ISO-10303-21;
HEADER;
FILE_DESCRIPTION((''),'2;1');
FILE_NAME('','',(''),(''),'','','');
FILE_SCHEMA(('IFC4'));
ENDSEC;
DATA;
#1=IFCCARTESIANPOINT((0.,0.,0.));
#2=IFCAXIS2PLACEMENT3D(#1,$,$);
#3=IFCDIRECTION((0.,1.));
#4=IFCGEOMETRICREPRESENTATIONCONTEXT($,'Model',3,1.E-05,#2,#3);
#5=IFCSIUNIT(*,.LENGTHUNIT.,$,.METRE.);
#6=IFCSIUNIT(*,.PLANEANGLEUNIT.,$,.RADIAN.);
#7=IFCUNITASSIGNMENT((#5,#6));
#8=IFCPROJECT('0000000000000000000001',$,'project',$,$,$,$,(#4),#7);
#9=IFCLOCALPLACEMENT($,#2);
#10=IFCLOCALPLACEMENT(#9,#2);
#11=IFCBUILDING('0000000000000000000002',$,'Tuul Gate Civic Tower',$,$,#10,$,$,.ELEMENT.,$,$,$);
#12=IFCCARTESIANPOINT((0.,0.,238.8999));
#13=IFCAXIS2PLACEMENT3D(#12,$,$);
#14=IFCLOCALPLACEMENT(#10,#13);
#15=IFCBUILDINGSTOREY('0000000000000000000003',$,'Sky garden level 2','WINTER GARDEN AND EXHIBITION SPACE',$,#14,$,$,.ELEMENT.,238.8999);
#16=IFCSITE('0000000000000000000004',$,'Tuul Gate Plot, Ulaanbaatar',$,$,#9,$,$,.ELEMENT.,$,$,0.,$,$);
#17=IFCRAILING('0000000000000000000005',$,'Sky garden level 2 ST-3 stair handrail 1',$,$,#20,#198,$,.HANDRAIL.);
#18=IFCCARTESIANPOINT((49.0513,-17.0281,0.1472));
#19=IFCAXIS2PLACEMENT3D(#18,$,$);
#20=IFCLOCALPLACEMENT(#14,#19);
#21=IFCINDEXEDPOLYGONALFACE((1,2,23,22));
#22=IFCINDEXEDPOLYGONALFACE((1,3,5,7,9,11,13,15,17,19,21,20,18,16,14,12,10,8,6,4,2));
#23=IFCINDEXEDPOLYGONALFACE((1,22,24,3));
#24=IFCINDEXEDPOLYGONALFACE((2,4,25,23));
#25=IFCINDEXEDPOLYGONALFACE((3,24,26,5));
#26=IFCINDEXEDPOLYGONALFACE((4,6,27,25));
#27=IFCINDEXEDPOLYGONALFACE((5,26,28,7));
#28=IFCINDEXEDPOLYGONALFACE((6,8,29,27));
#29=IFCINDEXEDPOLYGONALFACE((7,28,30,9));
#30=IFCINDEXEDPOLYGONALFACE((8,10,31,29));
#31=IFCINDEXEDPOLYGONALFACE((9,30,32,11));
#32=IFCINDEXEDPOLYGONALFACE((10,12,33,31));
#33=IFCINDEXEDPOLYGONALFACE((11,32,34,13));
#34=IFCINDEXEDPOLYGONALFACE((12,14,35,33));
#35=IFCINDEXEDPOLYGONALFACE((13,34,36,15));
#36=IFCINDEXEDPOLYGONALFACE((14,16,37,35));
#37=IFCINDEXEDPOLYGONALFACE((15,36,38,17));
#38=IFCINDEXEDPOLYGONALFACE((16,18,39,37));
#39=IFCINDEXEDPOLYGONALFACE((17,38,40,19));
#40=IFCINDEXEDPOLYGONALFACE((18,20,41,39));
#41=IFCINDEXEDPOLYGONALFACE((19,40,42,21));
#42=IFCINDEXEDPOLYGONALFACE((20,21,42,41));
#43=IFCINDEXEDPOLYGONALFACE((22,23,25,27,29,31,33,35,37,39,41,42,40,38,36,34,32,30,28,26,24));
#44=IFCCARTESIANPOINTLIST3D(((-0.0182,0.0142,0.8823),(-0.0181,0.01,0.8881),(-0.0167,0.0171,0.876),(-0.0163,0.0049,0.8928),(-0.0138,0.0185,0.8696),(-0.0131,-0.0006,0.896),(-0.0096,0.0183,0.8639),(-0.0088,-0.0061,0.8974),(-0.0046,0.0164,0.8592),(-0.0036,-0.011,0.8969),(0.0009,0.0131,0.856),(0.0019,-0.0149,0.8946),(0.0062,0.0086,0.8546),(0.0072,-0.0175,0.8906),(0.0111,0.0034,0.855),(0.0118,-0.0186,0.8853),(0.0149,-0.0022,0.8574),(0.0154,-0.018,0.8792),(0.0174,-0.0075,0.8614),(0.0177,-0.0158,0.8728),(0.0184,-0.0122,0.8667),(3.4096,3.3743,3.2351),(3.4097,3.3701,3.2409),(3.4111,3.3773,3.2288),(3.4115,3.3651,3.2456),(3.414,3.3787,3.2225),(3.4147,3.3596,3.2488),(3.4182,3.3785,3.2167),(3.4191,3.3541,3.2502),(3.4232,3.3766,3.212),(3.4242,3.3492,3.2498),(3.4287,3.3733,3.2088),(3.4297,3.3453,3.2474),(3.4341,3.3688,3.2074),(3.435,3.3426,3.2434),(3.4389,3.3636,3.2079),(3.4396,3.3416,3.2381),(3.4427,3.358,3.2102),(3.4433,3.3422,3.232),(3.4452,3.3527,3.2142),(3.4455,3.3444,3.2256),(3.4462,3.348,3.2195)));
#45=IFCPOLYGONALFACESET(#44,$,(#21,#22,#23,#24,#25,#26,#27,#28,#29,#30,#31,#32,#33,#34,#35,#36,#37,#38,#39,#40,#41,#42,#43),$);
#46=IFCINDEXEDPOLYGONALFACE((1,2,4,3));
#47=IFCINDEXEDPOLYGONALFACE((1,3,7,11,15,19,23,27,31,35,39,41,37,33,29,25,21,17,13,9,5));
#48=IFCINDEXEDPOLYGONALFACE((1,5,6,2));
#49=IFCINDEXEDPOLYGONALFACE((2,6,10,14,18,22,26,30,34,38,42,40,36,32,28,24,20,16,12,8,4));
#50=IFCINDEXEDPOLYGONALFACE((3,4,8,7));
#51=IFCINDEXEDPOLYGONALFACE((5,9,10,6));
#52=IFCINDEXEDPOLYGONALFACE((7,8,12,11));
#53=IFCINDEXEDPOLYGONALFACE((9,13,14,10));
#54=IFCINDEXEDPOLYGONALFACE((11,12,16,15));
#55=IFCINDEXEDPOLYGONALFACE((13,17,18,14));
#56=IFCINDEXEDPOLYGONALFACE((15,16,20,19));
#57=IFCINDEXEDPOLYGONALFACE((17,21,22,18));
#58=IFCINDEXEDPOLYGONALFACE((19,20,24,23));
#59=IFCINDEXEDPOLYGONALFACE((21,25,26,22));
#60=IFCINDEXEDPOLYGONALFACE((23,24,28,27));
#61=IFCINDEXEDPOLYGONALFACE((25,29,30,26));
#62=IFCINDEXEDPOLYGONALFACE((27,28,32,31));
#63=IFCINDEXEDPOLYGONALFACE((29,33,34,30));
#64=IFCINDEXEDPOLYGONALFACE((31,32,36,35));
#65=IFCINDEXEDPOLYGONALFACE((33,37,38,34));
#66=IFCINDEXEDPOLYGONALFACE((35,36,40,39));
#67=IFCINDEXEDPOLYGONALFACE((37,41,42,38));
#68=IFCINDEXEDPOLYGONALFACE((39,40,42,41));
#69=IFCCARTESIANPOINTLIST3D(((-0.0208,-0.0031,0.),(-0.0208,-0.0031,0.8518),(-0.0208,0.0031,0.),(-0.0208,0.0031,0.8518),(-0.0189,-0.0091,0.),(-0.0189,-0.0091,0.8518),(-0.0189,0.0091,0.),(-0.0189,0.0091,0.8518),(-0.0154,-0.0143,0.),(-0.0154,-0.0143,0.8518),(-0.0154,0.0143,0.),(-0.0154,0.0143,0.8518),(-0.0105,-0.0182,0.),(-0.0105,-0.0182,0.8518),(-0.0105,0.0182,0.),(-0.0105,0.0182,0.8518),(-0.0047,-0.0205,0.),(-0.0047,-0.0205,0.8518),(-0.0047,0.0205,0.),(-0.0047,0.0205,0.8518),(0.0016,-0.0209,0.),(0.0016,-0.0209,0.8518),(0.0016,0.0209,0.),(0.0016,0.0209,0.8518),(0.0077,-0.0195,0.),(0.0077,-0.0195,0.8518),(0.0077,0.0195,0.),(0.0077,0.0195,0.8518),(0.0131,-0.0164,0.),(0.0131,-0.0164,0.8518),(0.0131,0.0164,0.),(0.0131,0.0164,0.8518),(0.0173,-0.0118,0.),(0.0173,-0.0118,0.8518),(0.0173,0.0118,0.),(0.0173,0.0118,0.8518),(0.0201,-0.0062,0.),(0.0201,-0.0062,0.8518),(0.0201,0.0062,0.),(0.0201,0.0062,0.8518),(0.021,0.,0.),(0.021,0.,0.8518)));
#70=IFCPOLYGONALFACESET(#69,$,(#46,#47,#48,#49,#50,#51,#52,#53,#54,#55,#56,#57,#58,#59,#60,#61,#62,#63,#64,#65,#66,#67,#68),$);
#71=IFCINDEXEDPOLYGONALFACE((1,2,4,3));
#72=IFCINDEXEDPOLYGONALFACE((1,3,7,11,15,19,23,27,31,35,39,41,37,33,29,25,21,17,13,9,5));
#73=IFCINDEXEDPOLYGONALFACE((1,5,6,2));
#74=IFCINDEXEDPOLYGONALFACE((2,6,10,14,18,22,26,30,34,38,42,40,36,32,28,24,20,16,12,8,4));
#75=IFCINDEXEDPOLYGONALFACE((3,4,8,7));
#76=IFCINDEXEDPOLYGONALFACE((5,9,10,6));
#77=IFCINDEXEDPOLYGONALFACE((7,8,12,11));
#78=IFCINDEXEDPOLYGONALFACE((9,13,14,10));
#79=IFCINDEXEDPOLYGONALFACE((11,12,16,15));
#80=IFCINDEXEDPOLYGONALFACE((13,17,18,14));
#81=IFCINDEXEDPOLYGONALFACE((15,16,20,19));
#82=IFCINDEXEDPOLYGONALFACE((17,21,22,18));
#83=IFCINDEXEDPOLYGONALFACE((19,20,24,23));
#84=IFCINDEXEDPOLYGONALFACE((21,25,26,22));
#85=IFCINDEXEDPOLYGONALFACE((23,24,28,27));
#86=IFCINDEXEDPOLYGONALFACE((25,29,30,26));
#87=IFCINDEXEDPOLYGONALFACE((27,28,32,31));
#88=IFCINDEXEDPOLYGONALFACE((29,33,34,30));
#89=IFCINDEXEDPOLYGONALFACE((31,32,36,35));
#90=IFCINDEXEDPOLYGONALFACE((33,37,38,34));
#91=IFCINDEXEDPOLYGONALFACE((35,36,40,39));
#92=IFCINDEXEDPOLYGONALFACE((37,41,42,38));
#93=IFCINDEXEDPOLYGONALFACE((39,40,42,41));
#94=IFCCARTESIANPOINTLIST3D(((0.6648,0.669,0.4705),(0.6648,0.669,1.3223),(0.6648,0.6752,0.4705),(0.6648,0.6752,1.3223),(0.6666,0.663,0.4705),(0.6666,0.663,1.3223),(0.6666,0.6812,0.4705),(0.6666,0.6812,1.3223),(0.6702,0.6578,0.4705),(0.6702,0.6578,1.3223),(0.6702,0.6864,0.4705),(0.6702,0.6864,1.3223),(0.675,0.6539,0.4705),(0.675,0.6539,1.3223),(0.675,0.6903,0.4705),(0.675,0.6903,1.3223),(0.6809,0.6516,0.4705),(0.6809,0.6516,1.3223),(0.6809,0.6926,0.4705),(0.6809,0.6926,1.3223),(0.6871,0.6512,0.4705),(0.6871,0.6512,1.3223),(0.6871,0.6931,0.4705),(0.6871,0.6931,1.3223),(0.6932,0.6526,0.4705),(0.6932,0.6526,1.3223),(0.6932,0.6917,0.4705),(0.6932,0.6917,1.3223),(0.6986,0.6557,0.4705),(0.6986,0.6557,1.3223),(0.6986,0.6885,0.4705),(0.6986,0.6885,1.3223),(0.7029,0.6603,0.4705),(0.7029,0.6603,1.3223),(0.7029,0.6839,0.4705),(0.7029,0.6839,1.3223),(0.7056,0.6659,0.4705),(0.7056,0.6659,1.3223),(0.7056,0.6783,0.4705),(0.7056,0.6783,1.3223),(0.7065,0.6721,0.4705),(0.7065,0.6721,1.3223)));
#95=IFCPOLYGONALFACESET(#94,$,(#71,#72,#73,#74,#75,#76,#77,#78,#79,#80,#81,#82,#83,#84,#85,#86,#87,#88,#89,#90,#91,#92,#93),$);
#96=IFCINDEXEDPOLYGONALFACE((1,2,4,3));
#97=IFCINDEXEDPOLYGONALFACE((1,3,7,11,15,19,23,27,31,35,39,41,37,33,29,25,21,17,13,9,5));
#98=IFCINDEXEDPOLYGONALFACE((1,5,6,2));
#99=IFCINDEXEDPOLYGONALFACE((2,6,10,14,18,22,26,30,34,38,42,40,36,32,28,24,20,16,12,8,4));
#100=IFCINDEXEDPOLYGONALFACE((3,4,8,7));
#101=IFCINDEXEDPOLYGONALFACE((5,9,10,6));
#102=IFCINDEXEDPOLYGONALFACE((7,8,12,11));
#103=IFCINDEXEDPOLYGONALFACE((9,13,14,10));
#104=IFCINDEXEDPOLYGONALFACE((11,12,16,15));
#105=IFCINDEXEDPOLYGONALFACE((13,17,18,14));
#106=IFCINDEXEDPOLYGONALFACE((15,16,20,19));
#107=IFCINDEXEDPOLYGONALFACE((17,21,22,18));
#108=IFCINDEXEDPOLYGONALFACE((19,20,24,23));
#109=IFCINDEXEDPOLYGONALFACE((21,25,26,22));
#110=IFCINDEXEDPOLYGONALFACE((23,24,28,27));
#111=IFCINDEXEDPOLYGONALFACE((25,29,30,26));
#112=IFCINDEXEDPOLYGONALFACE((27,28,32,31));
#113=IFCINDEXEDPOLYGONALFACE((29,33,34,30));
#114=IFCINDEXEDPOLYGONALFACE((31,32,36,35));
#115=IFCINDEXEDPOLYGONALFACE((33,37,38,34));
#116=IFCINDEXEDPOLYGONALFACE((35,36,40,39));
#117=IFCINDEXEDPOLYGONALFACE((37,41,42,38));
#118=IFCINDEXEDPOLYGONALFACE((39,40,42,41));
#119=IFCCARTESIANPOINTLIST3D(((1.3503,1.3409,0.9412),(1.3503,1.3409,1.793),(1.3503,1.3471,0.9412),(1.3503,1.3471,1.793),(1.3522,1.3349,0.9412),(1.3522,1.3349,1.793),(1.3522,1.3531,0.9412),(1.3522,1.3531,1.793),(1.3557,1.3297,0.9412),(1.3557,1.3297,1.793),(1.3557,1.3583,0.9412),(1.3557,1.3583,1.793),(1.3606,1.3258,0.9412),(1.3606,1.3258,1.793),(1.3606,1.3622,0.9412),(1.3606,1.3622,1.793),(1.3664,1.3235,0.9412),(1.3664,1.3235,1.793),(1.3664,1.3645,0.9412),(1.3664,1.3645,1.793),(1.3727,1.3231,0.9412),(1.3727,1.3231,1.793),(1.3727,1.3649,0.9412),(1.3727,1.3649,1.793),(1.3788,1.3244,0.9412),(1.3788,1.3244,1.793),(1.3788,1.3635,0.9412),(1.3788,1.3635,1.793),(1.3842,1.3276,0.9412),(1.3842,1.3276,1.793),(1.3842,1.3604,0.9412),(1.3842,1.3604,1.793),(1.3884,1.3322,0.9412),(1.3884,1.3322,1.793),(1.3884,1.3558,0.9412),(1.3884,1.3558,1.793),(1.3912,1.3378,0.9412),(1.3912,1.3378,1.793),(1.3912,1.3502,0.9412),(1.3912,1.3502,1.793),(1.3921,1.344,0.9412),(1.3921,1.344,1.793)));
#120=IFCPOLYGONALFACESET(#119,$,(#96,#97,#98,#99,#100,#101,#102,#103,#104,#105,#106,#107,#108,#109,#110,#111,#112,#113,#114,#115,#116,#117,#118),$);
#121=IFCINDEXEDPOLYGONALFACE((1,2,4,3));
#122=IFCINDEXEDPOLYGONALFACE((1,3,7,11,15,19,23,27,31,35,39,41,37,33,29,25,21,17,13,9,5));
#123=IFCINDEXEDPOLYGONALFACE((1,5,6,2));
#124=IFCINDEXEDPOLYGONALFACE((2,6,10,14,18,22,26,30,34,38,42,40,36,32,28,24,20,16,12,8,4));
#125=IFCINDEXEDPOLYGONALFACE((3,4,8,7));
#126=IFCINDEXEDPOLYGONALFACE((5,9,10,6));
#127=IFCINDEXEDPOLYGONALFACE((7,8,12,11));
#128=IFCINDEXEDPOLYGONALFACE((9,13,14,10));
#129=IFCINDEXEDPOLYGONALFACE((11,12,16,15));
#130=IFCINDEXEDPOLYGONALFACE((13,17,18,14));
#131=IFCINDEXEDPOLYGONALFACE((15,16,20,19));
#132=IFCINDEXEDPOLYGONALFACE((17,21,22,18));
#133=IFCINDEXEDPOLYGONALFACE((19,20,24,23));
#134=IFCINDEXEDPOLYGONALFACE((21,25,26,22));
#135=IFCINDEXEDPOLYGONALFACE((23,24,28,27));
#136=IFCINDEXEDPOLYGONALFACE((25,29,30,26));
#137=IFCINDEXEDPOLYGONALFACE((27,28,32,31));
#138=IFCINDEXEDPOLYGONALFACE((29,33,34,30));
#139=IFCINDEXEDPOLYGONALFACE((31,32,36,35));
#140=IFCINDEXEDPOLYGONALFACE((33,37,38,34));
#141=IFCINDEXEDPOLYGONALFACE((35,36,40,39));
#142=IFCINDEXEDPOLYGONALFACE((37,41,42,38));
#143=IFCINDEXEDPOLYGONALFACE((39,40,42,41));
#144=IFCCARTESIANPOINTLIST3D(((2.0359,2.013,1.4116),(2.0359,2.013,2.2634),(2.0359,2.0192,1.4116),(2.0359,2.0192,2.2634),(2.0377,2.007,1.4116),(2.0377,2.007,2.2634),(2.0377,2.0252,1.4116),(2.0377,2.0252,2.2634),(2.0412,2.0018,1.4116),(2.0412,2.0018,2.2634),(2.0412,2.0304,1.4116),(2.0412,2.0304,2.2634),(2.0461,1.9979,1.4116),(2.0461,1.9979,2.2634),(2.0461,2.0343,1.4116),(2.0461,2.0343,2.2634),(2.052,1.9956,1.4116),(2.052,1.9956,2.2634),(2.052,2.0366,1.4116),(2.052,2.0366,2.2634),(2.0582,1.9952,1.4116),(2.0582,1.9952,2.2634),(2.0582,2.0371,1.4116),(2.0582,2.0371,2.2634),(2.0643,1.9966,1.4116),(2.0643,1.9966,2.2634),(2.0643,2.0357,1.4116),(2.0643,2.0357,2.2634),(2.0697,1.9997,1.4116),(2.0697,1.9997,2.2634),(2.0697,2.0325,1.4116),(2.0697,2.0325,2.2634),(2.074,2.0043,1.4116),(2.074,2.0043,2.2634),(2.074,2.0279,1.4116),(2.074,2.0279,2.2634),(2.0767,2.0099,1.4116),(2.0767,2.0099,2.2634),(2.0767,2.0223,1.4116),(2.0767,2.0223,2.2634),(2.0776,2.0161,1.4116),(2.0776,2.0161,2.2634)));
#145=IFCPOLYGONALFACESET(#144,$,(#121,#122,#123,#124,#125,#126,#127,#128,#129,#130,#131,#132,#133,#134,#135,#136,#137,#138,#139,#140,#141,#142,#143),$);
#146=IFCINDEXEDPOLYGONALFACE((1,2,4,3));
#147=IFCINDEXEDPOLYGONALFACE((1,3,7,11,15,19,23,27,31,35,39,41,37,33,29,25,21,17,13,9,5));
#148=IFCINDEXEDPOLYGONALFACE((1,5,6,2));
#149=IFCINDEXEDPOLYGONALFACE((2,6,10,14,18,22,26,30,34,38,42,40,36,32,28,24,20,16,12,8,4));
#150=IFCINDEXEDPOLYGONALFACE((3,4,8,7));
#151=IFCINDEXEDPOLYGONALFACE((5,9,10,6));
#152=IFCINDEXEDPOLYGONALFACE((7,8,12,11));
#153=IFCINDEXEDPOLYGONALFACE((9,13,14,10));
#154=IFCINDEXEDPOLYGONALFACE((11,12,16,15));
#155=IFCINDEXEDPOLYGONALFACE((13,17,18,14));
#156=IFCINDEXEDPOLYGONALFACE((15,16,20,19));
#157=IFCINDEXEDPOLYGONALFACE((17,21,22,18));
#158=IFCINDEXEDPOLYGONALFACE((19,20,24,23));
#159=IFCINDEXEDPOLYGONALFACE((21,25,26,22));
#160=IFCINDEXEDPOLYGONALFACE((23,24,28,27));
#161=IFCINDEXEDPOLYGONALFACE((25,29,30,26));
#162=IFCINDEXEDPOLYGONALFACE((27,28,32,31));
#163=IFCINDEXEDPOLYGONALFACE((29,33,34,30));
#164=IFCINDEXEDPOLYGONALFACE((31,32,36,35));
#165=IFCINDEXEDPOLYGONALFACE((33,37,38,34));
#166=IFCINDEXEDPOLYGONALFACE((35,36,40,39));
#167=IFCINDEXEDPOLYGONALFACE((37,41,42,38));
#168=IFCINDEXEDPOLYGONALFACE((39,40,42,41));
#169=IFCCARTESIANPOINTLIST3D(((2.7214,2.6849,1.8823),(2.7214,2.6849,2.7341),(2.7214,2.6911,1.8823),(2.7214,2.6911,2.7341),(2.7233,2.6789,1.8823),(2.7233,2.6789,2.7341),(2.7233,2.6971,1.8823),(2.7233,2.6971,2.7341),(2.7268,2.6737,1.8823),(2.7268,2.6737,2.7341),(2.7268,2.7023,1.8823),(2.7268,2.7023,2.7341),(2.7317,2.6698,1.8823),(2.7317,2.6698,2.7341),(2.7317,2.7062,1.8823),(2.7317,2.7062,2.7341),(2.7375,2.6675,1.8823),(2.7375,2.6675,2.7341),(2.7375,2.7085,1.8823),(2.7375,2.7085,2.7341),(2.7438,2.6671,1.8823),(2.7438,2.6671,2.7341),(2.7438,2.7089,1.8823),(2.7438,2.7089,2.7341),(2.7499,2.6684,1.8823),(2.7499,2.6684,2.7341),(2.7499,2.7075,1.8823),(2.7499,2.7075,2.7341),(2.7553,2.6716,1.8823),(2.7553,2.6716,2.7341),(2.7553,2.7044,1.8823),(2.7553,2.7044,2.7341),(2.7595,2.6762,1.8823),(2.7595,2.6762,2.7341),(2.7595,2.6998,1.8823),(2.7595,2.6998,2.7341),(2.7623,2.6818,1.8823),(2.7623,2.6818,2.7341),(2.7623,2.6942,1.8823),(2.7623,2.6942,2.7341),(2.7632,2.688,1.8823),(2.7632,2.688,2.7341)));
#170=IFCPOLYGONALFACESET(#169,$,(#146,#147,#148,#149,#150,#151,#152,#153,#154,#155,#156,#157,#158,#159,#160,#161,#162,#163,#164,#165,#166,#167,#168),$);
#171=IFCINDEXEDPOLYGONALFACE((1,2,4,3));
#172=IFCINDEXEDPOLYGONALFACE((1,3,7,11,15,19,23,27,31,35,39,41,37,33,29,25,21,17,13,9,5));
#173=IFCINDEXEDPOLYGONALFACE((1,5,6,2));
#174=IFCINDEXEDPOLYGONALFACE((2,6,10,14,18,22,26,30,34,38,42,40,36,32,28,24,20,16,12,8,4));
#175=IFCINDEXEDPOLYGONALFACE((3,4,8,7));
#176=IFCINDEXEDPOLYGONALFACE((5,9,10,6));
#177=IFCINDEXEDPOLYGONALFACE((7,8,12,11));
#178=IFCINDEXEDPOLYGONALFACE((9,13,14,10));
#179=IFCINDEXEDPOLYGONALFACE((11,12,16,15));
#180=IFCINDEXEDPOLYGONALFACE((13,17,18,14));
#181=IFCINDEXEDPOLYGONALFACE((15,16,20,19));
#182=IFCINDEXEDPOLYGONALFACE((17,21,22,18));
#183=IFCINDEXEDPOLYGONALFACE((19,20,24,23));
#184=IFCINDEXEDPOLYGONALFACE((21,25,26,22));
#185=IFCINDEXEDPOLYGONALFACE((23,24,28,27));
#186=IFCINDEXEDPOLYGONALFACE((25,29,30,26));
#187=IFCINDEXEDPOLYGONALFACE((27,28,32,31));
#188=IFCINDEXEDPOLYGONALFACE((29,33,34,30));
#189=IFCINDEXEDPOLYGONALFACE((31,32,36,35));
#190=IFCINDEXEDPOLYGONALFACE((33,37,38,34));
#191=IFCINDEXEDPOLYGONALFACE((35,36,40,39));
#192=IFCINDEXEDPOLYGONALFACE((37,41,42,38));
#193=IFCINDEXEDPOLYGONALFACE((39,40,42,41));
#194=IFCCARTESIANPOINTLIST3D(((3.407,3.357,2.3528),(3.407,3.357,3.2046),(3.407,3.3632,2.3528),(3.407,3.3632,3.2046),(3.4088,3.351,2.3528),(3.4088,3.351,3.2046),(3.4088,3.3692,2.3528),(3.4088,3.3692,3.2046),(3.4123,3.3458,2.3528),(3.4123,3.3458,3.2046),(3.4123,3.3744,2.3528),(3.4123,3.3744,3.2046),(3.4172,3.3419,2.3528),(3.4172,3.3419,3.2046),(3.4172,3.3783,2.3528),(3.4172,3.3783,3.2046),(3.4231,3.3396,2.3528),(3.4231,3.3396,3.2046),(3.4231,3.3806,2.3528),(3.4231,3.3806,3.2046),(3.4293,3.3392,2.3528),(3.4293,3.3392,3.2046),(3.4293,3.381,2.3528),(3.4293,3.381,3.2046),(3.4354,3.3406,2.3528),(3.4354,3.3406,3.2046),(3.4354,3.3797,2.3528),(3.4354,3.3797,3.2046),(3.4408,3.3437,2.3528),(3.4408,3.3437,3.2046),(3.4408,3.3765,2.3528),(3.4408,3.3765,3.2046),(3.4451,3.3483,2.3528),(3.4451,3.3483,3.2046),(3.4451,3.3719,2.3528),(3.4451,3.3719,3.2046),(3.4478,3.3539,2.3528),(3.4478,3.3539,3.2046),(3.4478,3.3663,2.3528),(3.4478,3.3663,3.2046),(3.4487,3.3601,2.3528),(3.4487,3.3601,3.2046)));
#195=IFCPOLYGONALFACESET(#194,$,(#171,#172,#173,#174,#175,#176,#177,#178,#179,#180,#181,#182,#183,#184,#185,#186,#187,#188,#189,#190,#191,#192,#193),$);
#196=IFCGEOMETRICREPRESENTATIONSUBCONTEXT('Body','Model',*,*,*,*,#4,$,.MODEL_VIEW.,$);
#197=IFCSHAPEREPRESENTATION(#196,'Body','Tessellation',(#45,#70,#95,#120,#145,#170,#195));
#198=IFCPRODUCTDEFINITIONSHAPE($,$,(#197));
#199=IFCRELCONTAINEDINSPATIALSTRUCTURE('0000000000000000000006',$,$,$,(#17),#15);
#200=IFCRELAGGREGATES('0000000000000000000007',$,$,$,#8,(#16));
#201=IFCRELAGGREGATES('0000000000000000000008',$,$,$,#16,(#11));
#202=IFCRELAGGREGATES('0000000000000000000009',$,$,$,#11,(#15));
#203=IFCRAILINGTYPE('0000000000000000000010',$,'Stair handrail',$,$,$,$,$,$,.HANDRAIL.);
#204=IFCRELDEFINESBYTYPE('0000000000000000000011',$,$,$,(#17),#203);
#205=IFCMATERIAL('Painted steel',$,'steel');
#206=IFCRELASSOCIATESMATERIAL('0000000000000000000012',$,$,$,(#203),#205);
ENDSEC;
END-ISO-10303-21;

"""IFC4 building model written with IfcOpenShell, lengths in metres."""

from ifc_helpers import new_model, si_unit, direction, frame, origin, origin_2d, place, context, subcontext, project, spatial, circle, extrude, material, type_object, element, save


model = new_model("IFC4")

# Units and contexts
model_context = context("Model", 3, precision=1e-05, world=origin(), true_north=direction((0.0, 1.0)))
body_context = subcontext(model_context, "Body", "Model", "MODEL_VIEW")
ifc_project = project(units=[si_unit("LENGTHUNIT", "METRE"), si_unit("PLANEANGLEUNIT", "RADIAN")], contexts=[model_context])

# Site, building, storey
site_placement = place(None, origin())
site = spatial("IfcSite", under=ifc_project, at=site_placement, Name="Tuul Gate Plot, Ulaanbaatar", CompositionType="ELEMENT", RefElevation=0.0)
building_placement = place(site_placement, origin())
building = spatial("IfcBuilding", under=site, at=building_placement, Name="Tuul Gate Civic Tower", CompositionType="ELEMENT")
storey_placement = place(building_placement, frame((0.0, 0.0, 238.8999)))
storey = spatial("IfcBuildingStorey", under=building, at=storey_placement, Name="Sky garden level 2", Description="WINTER GARDEN AND EXHIBITION SPACE", CompositionType="ELEMENT", Elevation=238.8999)

# Railing
ifc_material_1 = material(Name="Painted steel", Category="steel")
railing_type_1 = type_object("IfcRailingType", Name="Stair handrail", PredefinedType="HANDRAIL", material=ifc_material_1)
railing_1_placement = place(storey_placement, frame((49.0513, -17.0281, 0.1472)))
element("IfcRailing", 1, at=railing_1_placement, inside=storey, type_object=railing_type_1, Name="Sky garden level 2 ST-3 stair handrail 1", PredefinedType="HANDRAIL", context=body_context, shape_type="SweptSolid", body=[
    extrude(circle(Radius=0.0239, at=origin_2d()), frame((0.0, 0.0, 0.876), z_axis=(0.641227, 0.628576, 0.440136), x_axis=(-0.700027, 0.714116, 0.0)), (0.0, 0.0, 1.0), 5.3457),
    extrude(circle(Radius=0.021, at=origin_2d()), origin(), (0.0, 0.0, 1.0), 0.8518),
    extrude(circle(Radius=0.021, at=origin_2d()), frame((0.6855, 0.6721, 0.4705)), (0.0, 0.0, 1.0), 0.8518),
    extrude(circle(Radius=0.021, at=origin_2d()), frame((1.3711, 1.344, 0.9412)), (0.0, 0.0, 1.0), 0.8518),
    extrude(circle(Radius=0.021, at=origin_2d()), frame((2.0566, 2.0161, 1.4116)), (0.0, 0.0, 1.0), 0.8518),
    extrude(circle(Radius=0.021, at=origin_2d()), frame((2.7422, 2.688, 1.8823)), (0.0, 0.0, 1.0), 0.8518),
    extrude(circle(Radius=0.021, at=origin_2d()), frame((3.4277, 3.3601, 2.3528)), (0.0, 0.0, 1.0), 0.8518),
])

save(model, "model.ifc")
